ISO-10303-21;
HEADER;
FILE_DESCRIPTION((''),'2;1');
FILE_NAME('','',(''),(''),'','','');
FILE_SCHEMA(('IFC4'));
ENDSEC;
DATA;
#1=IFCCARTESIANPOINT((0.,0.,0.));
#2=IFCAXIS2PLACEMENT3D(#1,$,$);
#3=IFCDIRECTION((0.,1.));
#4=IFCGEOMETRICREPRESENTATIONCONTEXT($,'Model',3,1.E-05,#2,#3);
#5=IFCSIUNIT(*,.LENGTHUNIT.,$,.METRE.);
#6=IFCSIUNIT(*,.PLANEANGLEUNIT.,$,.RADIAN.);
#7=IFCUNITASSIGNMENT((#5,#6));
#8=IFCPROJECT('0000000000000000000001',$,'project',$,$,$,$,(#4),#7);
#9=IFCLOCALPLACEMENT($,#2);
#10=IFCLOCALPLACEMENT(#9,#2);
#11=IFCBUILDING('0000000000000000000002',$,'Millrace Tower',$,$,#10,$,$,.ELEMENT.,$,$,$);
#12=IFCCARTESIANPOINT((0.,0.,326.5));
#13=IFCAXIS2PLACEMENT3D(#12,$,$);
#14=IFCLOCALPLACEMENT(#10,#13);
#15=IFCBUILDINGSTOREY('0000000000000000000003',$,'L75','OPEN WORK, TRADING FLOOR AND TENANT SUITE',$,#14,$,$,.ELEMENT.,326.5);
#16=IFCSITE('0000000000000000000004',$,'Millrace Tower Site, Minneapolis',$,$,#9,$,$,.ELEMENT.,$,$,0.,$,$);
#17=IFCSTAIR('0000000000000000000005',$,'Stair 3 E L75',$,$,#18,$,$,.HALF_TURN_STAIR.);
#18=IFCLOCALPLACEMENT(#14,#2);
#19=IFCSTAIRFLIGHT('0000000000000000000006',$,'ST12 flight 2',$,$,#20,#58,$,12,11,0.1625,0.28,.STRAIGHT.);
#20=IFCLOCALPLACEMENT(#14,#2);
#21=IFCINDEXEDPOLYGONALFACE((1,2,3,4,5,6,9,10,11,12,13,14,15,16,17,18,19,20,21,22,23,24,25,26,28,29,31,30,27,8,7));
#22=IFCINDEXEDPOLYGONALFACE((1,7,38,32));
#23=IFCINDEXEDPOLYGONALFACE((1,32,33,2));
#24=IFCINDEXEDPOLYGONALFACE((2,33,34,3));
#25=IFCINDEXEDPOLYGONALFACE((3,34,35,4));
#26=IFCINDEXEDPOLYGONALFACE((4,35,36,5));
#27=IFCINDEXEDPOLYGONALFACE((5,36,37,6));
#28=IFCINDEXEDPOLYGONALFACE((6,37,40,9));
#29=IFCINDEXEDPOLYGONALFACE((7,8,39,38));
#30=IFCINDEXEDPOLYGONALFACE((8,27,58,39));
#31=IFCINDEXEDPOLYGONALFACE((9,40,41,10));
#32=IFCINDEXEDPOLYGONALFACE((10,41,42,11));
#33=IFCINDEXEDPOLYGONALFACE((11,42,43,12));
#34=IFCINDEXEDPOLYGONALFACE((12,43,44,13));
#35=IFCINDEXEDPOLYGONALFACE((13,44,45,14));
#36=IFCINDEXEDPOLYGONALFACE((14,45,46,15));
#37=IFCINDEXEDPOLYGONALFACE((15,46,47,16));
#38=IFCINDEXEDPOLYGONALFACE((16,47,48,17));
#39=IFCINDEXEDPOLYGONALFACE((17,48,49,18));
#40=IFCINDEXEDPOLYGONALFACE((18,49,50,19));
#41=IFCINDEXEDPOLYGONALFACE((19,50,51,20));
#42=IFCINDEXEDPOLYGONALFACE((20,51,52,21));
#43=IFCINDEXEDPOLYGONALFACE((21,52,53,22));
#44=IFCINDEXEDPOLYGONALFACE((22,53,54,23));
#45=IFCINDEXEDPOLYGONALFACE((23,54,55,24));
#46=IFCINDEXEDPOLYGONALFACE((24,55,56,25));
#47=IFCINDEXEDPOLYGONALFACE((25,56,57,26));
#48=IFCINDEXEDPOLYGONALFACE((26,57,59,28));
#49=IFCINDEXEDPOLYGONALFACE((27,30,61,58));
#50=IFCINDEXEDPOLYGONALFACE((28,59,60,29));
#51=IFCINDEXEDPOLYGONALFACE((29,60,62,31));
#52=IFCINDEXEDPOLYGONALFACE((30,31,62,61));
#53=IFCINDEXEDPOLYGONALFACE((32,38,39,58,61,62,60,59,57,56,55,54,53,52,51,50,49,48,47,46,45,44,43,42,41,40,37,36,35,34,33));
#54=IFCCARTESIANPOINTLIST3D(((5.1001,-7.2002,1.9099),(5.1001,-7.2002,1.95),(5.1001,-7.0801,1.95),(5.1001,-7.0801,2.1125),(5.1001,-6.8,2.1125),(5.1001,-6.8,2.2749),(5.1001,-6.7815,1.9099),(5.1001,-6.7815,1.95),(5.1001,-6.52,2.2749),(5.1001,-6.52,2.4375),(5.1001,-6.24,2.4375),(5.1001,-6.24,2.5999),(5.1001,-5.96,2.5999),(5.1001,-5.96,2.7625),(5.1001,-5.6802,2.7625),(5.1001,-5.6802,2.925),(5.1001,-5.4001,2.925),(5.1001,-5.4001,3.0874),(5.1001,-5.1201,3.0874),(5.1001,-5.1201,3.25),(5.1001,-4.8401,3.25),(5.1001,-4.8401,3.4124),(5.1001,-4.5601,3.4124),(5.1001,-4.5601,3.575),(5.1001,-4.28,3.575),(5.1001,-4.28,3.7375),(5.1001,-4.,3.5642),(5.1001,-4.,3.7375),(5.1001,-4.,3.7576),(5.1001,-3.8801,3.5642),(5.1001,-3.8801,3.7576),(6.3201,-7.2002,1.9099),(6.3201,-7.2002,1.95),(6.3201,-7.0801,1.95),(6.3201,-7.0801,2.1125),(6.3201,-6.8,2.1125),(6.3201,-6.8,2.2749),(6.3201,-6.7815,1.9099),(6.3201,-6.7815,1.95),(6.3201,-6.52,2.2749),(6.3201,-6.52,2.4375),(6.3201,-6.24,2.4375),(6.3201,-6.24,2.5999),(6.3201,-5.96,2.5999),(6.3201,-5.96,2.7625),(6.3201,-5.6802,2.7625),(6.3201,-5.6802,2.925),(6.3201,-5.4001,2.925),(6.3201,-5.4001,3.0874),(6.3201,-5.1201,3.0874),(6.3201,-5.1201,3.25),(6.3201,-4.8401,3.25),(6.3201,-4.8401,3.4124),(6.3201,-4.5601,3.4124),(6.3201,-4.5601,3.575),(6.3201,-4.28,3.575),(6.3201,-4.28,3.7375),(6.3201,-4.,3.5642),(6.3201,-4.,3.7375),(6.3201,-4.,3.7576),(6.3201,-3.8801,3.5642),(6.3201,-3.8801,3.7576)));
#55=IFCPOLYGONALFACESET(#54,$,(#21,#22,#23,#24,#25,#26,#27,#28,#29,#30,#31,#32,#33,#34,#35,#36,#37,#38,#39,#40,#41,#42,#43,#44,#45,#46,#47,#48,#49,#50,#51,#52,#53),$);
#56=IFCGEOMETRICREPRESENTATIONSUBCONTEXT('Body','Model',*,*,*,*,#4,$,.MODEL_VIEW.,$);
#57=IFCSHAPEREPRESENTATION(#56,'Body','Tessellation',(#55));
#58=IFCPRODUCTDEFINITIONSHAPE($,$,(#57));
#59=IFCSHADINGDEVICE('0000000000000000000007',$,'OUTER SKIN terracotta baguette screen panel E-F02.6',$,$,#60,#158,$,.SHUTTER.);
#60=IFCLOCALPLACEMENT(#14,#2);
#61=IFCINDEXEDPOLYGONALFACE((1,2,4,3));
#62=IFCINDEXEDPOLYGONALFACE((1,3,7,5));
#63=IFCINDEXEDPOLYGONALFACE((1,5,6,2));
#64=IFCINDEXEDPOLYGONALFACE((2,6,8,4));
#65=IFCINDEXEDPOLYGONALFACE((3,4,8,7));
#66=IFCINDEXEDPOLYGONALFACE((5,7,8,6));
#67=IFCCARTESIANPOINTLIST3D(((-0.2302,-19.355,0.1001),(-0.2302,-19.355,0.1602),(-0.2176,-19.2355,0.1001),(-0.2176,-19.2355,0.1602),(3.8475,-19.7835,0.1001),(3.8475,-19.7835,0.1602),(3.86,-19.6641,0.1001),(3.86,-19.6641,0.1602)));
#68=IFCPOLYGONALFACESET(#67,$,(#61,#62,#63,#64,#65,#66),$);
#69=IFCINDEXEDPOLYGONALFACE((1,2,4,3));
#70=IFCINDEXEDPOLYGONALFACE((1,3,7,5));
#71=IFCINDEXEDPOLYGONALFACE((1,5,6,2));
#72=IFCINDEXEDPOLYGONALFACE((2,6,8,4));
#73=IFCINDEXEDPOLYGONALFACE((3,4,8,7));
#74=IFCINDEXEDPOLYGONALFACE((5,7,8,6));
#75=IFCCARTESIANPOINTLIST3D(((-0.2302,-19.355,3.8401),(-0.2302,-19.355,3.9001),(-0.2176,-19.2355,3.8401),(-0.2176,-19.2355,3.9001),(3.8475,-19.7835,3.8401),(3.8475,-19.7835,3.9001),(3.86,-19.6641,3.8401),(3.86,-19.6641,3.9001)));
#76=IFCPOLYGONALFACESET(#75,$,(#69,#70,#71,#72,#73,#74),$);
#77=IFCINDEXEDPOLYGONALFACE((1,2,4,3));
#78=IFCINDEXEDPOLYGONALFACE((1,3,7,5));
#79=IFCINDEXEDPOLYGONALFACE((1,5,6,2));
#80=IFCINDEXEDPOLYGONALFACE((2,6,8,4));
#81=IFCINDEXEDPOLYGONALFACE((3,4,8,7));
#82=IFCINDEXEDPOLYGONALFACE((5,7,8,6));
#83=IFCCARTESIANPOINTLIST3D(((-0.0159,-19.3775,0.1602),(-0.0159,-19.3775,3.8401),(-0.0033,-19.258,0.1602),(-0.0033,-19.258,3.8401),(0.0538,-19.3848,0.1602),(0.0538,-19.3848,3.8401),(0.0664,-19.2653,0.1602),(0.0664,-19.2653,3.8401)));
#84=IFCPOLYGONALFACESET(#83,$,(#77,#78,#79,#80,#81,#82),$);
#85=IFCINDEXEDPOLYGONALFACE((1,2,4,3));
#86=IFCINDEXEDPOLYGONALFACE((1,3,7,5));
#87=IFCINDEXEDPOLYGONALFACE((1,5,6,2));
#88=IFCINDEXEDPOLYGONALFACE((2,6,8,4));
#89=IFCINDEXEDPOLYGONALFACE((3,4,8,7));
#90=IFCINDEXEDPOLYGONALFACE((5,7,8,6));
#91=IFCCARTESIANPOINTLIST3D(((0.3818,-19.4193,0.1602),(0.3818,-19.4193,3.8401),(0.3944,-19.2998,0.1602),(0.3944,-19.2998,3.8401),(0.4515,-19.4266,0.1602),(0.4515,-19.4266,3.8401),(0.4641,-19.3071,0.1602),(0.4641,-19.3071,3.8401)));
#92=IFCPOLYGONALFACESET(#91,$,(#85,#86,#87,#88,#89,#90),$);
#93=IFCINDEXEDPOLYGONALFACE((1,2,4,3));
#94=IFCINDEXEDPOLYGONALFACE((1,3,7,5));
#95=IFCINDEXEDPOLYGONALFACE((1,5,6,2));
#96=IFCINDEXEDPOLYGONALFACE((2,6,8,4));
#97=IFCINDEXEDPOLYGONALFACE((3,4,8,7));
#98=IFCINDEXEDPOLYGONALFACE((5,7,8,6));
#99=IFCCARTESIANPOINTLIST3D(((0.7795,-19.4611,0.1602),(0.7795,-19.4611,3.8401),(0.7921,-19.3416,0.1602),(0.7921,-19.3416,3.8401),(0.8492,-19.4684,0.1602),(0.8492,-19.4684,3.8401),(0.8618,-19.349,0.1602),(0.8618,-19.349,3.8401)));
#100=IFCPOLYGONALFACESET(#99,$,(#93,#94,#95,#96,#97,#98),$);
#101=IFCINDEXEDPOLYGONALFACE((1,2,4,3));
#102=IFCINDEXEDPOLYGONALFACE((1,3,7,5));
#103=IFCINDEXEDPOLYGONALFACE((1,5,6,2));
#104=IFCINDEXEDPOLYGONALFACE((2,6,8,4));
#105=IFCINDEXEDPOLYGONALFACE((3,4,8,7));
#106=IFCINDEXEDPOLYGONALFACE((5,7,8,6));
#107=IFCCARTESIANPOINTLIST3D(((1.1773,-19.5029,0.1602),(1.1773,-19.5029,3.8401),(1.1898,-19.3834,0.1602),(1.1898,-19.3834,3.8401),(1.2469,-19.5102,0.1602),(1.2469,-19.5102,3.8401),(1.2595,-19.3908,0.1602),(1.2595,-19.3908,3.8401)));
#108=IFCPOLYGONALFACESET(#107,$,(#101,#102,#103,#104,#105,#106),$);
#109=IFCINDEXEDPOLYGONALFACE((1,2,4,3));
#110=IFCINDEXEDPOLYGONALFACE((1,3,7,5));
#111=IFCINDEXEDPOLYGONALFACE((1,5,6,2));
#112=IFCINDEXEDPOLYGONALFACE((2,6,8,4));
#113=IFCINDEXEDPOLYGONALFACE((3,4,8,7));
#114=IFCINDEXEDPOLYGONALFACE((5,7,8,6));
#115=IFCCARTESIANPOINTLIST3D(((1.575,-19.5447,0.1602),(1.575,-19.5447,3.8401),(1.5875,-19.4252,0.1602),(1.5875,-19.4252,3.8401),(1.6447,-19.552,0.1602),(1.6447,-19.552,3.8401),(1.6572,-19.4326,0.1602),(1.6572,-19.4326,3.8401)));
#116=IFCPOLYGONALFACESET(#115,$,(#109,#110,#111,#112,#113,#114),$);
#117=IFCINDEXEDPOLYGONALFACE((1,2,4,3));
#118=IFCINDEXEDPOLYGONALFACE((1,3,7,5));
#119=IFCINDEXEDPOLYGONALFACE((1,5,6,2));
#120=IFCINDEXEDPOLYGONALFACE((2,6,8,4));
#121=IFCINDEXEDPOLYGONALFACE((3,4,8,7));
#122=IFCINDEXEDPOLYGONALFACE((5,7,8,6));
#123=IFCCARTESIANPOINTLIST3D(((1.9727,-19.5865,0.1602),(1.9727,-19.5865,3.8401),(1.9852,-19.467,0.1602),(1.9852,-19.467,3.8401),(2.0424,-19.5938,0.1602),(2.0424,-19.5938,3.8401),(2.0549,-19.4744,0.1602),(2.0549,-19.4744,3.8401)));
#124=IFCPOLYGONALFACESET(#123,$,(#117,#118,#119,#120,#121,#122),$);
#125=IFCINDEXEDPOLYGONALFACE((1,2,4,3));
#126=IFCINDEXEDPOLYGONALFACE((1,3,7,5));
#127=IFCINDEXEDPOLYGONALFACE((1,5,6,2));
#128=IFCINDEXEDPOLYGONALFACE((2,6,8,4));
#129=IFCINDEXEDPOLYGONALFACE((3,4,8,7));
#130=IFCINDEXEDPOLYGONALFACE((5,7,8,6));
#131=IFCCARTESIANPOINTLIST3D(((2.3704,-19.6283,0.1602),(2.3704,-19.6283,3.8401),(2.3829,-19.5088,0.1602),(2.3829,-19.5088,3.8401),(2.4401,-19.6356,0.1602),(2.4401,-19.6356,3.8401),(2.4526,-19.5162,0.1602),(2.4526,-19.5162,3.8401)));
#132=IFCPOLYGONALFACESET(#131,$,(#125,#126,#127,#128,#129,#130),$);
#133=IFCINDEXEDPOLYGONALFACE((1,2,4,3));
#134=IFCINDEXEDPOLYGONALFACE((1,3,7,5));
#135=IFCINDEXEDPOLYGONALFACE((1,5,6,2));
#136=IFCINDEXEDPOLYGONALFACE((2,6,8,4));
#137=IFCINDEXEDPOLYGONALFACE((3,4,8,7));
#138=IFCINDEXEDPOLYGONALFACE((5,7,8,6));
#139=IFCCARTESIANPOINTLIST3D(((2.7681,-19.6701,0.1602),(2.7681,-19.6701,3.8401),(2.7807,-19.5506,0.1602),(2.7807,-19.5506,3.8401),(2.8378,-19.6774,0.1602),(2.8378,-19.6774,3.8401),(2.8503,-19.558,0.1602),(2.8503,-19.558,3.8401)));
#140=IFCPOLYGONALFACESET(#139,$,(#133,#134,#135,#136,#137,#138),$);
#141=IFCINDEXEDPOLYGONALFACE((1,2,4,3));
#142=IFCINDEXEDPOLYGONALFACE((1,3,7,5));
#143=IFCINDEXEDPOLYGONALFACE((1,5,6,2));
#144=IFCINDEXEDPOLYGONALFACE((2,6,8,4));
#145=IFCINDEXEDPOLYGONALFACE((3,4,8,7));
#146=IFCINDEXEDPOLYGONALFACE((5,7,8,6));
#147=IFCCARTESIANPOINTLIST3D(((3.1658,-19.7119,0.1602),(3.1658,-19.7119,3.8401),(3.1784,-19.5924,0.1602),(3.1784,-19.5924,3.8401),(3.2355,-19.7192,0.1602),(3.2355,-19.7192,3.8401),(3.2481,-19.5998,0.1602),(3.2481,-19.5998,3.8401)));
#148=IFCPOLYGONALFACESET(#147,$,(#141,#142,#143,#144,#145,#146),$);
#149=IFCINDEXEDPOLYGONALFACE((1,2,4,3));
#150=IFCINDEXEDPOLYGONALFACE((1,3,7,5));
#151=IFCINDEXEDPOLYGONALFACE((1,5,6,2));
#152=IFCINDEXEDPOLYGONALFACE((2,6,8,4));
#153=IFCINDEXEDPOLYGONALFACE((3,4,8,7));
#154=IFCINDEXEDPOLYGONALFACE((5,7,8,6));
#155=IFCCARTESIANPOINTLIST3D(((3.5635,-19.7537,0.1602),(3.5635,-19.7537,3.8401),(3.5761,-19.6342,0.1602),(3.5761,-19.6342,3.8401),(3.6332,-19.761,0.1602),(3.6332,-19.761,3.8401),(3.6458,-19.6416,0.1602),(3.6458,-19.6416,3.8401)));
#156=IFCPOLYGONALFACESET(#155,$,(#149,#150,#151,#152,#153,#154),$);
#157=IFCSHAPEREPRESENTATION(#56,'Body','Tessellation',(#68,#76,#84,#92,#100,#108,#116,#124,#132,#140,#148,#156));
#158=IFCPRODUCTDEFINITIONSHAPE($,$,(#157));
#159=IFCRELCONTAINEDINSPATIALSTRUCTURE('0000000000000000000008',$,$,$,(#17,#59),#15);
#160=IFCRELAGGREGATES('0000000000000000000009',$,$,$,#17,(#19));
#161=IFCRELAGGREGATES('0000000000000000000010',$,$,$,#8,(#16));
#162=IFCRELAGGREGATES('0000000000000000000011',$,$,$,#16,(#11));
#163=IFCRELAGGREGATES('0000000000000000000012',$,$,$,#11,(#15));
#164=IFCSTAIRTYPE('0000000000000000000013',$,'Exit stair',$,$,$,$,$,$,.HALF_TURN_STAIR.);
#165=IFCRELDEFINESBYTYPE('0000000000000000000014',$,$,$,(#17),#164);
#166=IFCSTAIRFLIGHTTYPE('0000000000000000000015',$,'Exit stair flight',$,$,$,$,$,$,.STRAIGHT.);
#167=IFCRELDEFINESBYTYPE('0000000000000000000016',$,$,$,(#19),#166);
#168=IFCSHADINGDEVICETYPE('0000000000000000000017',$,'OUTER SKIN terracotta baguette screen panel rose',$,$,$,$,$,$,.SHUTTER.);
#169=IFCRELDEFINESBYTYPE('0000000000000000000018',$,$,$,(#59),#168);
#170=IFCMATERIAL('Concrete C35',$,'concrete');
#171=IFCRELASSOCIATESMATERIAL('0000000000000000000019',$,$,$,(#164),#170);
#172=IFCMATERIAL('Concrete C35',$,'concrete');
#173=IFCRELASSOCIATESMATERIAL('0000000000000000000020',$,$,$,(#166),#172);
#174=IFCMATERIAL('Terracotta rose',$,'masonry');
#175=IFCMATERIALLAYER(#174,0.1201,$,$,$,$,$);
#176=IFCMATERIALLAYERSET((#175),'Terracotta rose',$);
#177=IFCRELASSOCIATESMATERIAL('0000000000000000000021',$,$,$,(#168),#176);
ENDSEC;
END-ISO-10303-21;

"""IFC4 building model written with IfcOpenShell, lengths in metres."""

from ifc_helpers import new_model, entity, si_unit, direction, frame, frame_2d, origin, place, context, subcontext, project, spatial, polyline, rectangle, outline, extrude, source, transform, mapped, material, layer, layer_set, type_object, element, aggregate, save


model = new_model("IFC4")

# Units and contexts
model_context = context("Model", 3, precision=1e-05, world=origin(), true_north=direction((0.0, 1.0)))
body_context = subcontext(model_context, "Body", "Model", "MODEL_VIEW")
ifc_project = project(units=[si_unit("LENGTHUNIT", "METRE"), si_unit("PLANEANGLEUNIT", "RADIAN")], contexts=[model_context])

# Site, building, storey
site_placement = place(None, origin())
site = spatial("IfcSite", under=ifc_project, at=site_placement, Name="Millrace Tower Site, Minneapolis", CompositionType="ELEMENT", RefElevation=0.0)
building_placement = place(site_placement, origin())
building = spatial("IfcBuilding", under=site, at=building_placement, Name="Millrace Tower", CompositionType="ELEMENT")
storey_placement = place(building_placement, frame((0.0, 0.0, 326.5)))
storey = spatial("IfcBuildingStorey", under=building, at=storey_placement, Name="L75", Description="OPEN WORK, TRADING FLOOR AND TENANT SUITE", CompositionType="ELEMENT", Elevation=326.5)

# Shared definitions
placement = place(storey_placement, origin())

# Stair, stair flight
ifc_material_1 = material(Name="Concrete C35", Category="concrete")
stair_type = type_object("IfcStairType", Name="Exit stair", PredefinedType="HALF_TURN_STAIR", material=ifc_material_1)
ifc_material_2 = material(Name="Concrete C35", Category="concrete")
stair_flight_type = type_object("IfcStairFlightType", Name="Exit stair flight", PredefinedType="STRAIGHT", material=ifc_material_2)
stair_1 = element("IfcStair", 1, at=placement, inside=storey, type_object=stair_type, Name="Stair 3 E L75", PredefinedType="HALF_TURN_STAIR")
stair_flight_1_placement = place(storey_placement, frame((5.71, -7.0801, 1.95), z_axis=(0.0, 0.0, 1.0), x_axis=(0.0, 1.0, 0.0)))
stair_flight_1 = element("IfcStairFlight", 2, at=stair_flight_1_placement, type_object=stair_flight_type, Name="ST12 flight 2", NumberOfRisers=12, NumberOfTreads=11, PredefinedType="STRAIGHT", RiserHeight=0.1625, TreadLength=0.28, context=body_context, shape_type="SweptSolid", body=[
    extrude(outline(polyline([(-0.1201, -0.04), (-0.1201, 0.0), (0.0, 0.0), (0.0, 0.1626), (0.28, 0.1626), (0.28, 0.325), (0.5601, 0.325), (0.5601, 0.4875), (0.8401, 0.4875), (0.8401, 0.6499), (1.1201, 0.6499), (1.1201, 0.8125), (1.3999, 0.8125), (1.3999, 0.9751), (1.6799, 0.9751), (1.6799, 1.1375), (1.96, 1.1375), (1.96, 1.3), (2.24, 1.3), (2.24, 1.4624), (2.52, 1.4624), (2.52, 1.625), (2.8, 1.625), (2.8, 1.7876), (3.0801, 1.7876), (3.0801, 1.8076), (3.2, 1.8076), (3.2, 1.6143), (3.0801, 1.6143), (0.2986, 0.0), (0.2986, -0.04), (-0.1201, -0.04)])), frame((0.0, 0.6099, 0.0), z_axis=(0.0, -1.0, 0.0), x_axis=(1.0, 0.0, 0.0)), (0.0, 0.0, 1.0), 1.22),
])
aggregate(stair_1, [stair_flight_1])

# Shading device
ifc_material_3 = material(Name="Terracotta rose", Category="masonry")
ifc_layer_1 = layer(ifc_material_3, 0.1201)
ifc_layer_set_1 = layer_set([ifc_layer_1], Name="Terracotta rose")
shading_device_type = type_object("IfcShadingDeviceType", Name="OUTER SKIN terracotta baguette screen panel rose", PredefinedType="SHUTTER", material=ifc_layer_set_1)
cartesian_point = entity("IfcCartesianPoint", [-2.05, 0.0601])
shared_polyline = entity("IfcPolyline", [cartesian_point, entity("IfcCartesianPoint", [2.05, 0.0601]), entity("IfcCartesianPoint", [2.05, -0.0601]), entity("IfcCartesianPoint", [-2.05, -0.0601]), cartesian_point])
shared_shape = source(origin(), body_context, "Body", "SweptSolid", [
    entity("IfcExtrudedAreaSolid", entity("IfcArbitraryClosedProfileDef", "AREA", None, shared_polyline), entity("IfcAxis2Placement3D", entity("IfcCartesianPoint", [0.0, 0.0, 0.0])), entity("IfcDirection", [0.0, 0.0, 1.0]), 0.0601),
    entity("IfcExtrudedAreaSolid", entity("IfcArbitraryClosedProfileDef", "AREA", None, shared_polyline), entity("IfcAxis2Placement3D", entity("IfcCartesianPoint", [0.0, 0.0, 3.74])), entity("IfcDirection", [0.0, 0.0, 1.0]), 0.0601),
    extrude(rectangle(XDim=0.0701, YDim=0.1201, at=frame_2d((-1.7996, 0.0))), frame((0.0, 0.0, 0.0601)), (0.0, 0.0, 1.0), 3.6799),
    extrude(rectangle(XDim=0.0701, YDim=0.1201, at=frame_2d((-1.3997, 0.0))), frame((0.0, 0.0, 0.0601)), (0.0, 0.0, 1.0), 3.6799),
    extrude(rectangle(XDim=0.0701, YDim=0.1201, at=frame_2d((-0.9998, 0.0))), frame((0.0, 0.0, 0.0601)), (0.0, 0.0, 1.0), 3.6799),
    extrude(rectangle(XDim=0.0701, YDim=0.1201, at=frame_2d((-0.5999, 0.0))), frame((0.0, 0.0, 0.0601)), (0.0, 0.0, 1.0), 3.6799),
    extrude(rectangle(XDim=0.0701, YDim=0.1201, at=frame_2d((-0.2, 0.0))), frame((0.0, 0.0, 0.0601)), (0.0, 0.0, 1.0), 3.6799),
    extrude(rectangle(XDim=0.0701, YDim=0.1201, at=frame_2d((0.2, 0.0))), frame((0.0, 0.0, 0.0601)), (0.0, 0.0, 1.0), 3.6799),
    extrude(rectangle(XDim=0.0701, YDim=0.1201, at=frame_2d((0.5999, 0.0))), frame((0.0, 0.0, 0.0601)), (0.0, 0.0, 1.0), 3.6799),
    extrude(rectangle(XDim=0.0701, YDim=0.1201, at=frame_2d((0.9998, 0.0))), frame((0.0, 0.0, 0.0601)), (0.0, 0.0, 1.0), 3.6799),
    extrude(rectangle(XDim=0.0701, YDim=0.1201, at=frame_2d((1.3997, 0.0))), frame((0.0, 0.0, 0.0601)), (0.0, 0.0, 1.0), 3.6799),
    extrude(rectangle(XDim=0.0701, YDim=0.1201, at=frame_2d((1.7996, 0.0))), frame((0.0, 0.0, 0.0601)), (0.0, 0.0, 1.0), 3.6799),
])
for number, where, z_axis, x_axis, name in (
    (3, (1.8149, -19.5095, 0.1001), (0.0, 0.0, 1.0), (0.994522, -0.104528, 0.0), "OUTER SKIN terracotta baguette screen panel E-F02.6"),
):
    element("IfcShadingDevice", number, at=place(storey_placement, frame(where, z_axis=z_axis, x_axis=x_axis)), inside=storey, type_object=shading_device_type, Name=name, PredefinedType="SHUTTER", context=body_context, shape_type="MappedRepresentation", body=[
        mapped(shared_shape, transform((0.0, 0.0, 0.0), scale=1.0)),
    ])

save(model, "model.ifc")
